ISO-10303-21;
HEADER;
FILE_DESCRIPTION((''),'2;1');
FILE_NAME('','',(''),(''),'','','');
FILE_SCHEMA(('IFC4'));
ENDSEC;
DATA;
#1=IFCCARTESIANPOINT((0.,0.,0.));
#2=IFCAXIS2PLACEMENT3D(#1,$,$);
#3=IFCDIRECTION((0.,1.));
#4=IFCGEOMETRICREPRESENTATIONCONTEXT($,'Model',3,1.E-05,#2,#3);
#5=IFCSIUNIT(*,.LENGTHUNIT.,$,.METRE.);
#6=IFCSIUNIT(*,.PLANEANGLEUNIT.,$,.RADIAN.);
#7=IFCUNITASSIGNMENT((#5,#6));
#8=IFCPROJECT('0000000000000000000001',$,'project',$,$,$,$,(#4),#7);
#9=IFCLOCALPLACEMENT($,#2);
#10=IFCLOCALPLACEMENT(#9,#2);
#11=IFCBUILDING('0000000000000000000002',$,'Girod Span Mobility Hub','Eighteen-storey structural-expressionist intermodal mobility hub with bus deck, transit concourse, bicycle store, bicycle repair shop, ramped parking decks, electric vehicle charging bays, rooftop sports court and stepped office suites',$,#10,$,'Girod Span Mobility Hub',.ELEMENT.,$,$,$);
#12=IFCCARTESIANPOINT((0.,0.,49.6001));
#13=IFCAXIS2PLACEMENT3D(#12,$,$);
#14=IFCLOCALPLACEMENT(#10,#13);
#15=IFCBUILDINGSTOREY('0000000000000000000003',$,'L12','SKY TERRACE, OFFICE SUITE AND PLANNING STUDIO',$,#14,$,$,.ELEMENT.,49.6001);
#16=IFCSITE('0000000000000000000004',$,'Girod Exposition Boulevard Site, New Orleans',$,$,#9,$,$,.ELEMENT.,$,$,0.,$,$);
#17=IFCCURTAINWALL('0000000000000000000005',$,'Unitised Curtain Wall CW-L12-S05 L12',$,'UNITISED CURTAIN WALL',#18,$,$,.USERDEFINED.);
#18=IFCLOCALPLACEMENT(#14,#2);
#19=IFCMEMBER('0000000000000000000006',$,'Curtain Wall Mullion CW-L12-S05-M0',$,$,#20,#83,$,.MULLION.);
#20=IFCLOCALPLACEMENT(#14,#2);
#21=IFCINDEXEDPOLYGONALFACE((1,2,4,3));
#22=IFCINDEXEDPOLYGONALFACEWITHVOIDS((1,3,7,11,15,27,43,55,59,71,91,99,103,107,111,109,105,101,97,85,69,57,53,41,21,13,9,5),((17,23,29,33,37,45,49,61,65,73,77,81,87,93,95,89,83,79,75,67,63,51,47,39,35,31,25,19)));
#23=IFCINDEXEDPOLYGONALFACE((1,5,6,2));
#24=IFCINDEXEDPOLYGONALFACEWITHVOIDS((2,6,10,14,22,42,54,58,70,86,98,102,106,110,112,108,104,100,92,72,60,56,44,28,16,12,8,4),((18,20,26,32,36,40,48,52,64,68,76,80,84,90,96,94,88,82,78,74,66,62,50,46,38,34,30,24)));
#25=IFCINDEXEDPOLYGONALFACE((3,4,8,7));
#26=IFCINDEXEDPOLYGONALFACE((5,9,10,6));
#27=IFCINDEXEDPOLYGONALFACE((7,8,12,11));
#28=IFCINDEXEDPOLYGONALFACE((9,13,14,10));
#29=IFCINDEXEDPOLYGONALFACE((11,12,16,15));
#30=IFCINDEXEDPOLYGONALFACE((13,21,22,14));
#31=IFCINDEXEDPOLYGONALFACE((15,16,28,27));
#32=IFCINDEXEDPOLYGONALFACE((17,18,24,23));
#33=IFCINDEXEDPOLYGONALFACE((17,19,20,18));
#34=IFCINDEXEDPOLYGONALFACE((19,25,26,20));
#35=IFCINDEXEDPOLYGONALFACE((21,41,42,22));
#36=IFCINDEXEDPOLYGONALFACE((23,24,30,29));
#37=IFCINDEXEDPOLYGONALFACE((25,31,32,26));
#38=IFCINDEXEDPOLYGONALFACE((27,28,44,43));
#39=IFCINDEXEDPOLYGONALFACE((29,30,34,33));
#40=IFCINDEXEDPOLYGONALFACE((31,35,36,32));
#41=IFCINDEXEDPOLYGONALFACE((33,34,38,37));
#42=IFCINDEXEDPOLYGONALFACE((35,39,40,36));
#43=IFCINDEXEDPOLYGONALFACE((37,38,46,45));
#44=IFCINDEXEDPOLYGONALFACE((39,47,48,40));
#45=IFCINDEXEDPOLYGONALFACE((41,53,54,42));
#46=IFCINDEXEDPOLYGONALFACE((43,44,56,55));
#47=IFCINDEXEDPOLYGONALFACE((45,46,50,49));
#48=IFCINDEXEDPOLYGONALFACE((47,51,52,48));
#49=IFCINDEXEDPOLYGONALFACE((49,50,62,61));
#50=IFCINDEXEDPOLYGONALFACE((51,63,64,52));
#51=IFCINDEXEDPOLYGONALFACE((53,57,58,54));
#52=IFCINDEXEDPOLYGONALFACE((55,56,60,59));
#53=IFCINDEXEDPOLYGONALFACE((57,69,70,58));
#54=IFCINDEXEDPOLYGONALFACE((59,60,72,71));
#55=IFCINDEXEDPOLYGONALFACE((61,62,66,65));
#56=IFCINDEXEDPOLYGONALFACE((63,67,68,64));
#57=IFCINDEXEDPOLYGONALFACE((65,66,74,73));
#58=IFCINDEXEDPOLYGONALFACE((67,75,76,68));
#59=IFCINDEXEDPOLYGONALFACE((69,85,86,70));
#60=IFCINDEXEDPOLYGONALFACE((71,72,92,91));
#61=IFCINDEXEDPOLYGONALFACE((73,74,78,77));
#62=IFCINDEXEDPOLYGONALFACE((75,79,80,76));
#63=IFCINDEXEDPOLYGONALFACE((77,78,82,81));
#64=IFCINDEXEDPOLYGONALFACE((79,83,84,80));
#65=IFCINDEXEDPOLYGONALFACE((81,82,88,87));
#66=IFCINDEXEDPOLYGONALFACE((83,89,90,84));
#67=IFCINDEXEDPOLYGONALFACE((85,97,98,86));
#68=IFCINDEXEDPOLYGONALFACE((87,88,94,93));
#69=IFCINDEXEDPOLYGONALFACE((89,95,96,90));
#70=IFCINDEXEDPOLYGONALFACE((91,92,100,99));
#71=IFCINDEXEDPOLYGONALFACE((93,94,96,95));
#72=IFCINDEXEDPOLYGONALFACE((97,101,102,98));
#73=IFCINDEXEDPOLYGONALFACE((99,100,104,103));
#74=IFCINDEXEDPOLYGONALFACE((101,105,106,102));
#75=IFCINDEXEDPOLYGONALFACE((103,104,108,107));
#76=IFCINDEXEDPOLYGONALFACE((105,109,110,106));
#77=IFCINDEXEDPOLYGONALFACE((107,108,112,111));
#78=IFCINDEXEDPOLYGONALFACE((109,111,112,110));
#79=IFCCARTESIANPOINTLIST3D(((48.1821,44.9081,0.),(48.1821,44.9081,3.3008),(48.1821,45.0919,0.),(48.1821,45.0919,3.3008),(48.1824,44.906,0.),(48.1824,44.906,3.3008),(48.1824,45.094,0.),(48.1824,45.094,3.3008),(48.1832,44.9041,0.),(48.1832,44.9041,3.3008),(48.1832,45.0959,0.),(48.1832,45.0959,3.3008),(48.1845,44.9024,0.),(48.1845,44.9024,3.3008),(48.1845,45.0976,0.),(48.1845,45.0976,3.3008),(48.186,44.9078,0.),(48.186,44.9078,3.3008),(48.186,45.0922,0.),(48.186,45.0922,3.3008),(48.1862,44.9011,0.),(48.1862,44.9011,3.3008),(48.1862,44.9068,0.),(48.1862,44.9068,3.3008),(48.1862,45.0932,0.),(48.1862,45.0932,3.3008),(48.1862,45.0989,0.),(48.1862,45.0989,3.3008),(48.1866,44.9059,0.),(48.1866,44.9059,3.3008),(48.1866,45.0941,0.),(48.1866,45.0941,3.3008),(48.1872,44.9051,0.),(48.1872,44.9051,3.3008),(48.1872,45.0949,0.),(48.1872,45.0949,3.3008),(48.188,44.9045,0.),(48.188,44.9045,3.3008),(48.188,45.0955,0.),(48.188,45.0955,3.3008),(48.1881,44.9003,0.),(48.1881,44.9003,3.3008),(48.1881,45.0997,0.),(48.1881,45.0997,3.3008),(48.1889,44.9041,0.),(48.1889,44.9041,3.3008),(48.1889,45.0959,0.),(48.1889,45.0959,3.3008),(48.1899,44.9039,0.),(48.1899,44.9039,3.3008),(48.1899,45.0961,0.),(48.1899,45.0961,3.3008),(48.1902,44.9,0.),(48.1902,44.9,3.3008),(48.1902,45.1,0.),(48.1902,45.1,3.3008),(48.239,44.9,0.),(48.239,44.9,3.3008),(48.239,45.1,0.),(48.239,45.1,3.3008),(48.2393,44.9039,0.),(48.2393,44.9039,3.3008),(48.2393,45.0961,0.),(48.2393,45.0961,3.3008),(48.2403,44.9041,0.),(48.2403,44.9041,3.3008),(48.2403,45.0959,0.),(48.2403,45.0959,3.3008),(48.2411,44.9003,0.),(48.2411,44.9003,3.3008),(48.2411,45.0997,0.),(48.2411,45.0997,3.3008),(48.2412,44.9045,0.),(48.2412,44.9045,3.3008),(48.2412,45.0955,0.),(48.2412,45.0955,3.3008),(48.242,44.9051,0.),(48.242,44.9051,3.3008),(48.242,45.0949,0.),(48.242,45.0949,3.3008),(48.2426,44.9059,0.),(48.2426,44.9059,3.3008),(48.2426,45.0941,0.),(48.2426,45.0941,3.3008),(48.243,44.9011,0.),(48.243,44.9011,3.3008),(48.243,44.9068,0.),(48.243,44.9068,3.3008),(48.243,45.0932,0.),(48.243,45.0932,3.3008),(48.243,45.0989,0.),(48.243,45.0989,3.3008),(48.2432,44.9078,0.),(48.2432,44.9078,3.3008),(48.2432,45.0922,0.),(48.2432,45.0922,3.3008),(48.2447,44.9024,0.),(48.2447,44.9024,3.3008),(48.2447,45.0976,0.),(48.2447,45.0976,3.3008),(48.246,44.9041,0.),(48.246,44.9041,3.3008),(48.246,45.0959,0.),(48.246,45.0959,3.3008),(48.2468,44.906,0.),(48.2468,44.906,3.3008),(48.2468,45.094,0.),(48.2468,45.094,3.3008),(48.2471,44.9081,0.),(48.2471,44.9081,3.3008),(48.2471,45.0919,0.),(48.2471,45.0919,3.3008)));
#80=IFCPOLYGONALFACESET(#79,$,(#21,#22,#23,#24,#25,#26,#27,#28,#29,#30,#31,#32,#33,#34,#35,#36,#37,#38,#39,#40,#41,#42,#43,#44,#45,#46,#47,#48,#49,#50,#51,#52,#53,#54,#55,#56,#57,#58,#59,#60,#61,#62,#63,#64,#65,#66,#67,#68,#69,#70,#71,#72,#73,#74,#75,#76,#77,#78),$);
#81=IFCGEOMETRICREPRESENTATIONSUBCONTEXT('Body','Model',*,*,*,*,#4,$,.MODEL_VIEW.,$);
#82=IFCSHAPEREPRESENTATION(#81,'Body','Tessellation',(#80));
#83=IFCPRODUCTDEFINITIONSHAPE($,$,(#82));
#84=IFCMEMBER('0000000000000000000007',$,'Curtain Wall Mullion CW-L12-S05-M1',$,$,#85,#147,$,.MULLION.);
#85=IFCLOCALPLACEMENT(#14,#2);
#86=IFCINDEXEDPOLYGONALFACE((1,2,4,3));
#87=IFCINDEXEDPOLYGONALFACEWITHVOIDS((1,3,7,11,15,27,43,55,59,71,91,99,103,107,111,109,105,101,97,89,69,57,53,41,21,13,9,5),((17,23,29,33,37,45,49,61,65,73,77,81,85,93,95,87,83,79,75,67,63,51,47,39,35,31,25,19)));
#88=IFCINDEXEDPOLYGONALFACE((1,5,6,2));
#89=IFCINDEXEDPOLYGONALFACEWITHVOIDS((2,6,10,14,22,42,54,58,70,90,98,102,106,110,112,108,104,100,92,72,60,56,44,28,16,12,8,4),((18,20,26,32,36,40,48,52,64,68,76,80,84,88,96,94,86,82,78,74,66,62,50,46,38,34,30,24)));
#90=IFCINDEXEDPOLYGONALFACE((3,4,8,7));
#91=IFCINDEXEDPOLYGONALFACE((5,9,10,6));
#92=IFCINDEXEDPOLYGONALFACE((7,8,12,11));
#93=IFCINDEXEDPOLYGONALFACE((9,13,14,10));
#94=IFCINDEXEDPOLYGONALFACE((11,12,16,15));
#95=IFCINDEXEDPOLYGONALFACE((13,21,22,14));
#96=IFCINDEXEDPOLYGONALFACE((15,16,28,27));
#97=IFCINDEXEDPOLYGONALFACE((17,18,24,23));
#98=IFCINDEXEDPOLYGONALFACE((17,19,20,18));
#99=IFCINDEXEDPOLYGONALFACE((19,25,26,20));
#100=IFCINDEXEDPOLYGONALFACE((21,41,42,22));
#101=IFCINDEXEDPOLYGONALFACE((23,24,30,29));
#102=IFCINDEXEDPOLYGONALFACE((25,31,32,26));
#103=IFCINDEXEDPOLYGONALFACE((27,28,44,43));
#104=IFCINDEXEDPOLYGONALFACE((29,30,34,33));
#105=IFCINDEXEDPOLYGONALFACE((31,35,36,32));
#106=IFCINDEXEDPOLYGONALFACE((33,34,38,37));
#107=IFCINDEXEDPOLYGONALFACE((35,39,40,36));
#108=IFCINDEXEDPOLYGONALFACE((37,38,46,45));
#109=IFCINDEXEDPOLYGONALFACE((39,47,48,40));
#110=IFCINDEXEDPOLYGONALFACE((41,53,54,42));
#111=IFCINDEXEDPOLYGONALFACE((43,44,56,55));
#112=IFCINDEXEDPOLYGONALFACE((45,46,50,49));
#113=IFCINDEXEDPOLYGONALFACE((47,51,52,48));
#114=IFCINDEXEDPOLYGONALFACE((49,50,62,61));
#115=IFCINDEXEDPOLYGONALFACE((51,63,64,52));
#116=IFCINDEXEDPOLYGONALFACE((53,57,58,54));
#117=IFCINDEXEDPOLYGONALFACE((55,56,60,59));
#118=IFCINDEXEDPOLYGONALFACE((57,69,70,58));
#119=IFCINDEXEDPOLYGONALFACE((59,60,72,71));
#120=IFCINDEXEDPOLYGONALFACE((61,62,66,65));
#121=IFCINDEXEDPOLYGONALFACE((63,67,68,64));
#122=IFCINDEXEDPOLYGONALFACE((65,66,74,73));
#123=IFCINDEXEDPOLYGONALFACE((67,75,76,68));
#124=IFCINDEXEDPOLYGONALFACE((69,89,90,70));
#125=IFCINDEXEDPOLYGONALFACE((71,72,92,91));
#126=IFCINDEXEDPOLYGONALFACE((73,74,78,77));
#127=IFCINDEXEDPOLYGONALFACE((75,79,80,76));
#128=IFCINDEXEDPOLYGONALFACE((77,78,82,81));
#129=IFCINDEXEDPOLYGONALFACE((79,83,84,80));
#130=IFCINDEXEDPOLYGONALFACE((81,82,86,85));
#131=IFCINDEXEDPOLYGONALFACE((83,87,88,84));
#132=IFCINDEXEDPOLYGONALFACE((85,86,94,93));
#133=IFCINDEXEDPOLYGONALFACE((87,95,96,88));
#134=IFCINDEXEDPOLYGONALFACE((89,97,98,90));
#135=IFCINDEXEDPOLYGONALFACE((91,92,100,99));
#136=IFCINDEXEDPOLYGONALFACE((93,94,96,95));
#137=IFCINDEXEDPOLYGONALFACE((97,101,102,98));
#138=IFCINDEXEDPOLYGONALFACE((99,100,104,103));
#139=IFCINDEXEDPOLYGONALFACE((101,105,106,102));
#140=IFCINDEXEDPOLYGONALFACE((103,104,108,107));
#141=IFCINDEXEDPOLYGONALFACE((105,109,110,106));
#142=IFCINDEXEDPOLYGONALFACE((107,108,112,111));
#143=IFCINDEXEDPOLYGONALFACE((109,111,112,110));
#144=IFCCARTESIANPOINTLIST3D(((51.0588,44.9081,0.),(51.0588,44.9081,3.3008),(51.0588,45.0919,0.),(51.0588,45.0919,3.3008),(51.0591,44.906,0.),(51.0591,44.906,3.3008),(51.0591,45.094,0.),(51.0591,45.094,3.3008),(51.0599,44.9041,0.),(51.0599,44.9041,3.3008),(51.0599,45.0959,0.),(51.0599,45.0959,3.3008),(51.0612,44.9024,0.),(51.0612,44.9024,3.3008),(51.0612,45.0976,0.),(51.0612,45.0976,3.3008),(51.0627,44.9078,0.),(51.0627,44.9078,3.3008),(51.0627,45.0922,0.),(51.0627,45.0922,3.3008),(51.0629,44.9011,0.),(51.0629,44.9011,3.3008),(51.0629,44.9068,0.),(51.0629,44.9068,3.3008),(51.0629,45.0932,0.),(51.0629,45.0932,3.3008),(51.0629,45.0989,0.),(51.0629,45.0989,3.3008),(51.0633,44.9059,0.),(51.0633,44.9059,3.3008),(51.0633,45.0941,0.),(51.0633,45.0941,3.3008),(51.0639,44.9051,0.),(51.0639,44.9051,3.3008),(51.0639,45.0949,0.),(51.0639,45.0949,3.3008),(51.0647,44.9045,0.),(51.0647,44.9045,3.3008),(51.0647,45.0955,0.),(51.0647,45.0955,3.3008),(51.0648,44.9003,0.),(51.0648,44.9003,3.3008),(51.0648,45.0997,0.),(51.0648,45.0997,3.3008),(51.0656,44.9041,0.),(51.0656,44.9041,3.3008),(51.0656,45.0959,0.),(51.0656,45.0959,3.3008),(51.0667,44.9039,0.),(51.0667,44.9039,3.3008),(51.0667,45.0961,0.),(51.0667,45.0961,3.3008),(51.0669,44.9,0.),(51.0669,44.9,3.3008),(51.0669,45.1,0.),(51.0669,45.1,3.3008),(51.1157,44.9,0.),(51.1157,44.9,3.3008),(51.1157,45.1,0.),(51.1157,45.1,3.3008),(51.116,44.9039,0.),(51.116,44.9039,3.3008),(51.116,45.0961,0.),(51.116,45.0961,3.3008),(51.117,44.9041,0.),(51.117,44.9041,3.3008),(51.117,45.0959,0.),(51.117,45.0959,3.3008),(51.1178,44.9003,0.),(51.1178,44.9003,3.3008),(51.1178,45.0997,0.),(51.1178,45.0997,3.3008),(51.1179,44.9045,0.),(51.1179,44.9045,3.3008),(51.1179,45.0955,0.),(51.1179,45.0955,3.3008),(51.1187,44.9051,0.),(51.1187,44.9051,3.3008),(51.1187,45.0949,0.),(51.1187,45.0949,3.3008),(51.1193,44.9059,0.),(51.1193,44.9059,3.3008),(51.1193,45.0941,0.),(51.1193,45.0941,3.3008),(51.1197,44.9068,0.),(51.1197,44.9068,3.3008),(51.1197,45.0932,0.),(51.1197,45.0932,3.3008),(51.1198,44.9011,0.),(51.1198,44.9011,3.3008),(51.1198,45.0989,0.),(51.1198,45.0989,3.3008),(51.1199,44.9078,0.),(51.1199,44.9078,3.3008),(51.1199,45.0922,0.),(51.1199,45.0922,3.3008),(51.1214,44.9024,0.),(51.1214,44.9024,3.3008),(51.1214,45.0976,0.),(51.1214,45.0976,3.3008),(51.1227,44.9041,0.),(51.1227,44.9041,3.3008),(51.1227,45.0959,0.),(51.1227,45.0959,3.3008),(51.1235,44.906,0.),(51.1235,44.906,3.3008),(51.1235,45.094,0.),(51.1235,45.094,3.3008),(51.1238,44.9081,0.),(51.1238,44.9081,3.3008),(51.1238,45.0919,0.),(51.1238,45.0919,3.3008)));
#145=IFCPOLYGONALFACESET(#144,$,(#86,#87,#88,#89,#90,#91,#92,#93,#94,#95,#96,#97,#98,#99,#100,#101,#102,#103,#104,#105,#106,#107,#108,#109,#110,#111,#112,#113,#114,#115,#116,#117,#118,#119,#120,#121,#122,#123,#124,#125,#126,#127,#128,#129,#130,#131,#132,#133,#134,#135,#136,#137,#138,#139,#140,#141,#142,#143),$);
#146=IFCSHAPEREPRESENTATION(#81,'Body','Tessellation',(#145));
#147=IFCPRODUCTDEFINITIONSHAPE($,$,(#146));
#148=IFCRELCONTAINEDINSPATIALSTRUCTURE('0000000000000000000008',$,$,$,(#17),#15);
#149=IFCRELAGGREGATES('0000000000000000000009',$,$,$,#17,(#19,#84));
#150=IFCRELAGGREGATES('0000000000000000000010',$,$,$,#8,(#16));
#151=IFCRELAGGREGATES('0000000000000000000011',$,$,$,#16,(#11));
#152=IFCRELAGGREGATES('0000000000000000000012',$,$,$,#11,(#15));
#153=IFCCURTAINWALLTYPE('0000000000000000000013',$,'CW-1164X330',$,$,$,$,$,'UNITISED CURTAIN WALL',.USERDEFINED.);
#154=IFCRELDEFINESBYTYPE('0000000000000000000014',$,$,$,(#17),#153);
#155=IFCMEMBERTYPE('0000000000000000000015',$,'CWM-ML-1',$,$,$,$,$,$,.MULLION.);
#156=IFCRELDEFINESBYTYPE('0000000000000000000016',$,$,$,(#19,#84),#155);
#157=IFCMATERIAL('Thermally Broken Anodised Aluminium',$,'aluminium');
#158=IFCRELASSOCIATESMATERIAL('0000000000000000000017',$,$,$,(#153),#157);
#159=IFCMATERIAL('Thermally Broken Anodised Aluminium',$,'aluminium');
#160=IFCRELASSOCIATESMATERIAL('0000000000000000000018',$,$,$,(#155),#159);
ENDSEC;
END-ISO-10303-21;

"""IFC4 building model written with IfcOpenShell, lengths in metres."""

from ifc_helpers import new_model, si_unit, direction, frame, origin, origin_2d, place, context, subcontext, project, spatial, hollow_rectangle, extrude, material, material_profile, profile_set, type_object, element, aggregate, save


model = new_model("IFC4")

# Units and contexts
model_context = context("Model", 3, precision=1e-05, world=origin(), true_north=direction((0.0, 1.0)))
body_context = subcontext(model_context, "Body", "Model", "MODEL_VIEW")
ifc_project = project(units=[si_unit("LENGTHUNIT", "METRE"), si_unit("PLANEANGLEUNIT", "RADIAN")], contexts=[model_context])

# Site, building, storey
site_placement = place(None, origin())
site = spatial("IfcSite", under=ifc_project, at=site_placement, Name="Girod Exposition Boulevard Site, New Orleans", CompositionType="ELEMENT", RefElevation=0.0)
building_placement = place(site_placement, origin())
building = spatial("IfcBuilding", under=site, at=building_placement, Name="Girod Span Mobility Hub", Description="Eighteen-storey structural-expressionist intermodal mobility hub with bus deck, transit concourse, bicycle store, bicycle repair shop, ramped parking decks, electric vehicle charging bays, rooftop sports court and stepped office suites", LongName="Girod Span Mobility Hub", CompositionType="ELEMENT")
storey_placement = place(building_placement, frame((0.0, 0.0, 49.6001)))
storey = spatial("IfcBuildingStorey", under=building, at=storey_placement, Name="L12", Description="SKY TERRACE, OFFICE SUITE AND PLANNING STUDIO", CompositionType="ELEMENT", Elevation=49.6001)

# Curtain wall, members
ifc_material_1 = material(Name="Thermally Broken Anodised Aluminium", Category="aluminium")
curtain_wall_type = type_object("IfcCurtainWallType", Name="CW-1164X330", ElementType="UNITISED CURTAIN WALL", PredefinedType="USERDEFINED", material=ifc_material_1)
curtain_wall_placement = place(storey_placement, origin())
curtain_wall = element("IfcCurtainWall", 1, at=curtain_wall_placement, inside=storey, type_object=curtain_wall_type, Name="Unitised Curtain Wall CW-L12-S05 L12", ObjectType="UNITISED CURTAIN WALL", PredefinedType="USERDEFINED")
ifc_material_2 = material(Name="Thermally Broken Anodised Aluminium", Category="aluminium")
ifc_material_profile_1 = material_profile(ifc_material_2, hollow_rectangle(XDim=0.2, YDim=0.0649, WallThickness=0.0039, InnerFilletRadius=0.0039, OuterFilletRadius=0.0081, at=origin_2d()), Name="CW-ML-65X200")
ifc_profile_set_1 = profile_set([ifc_material_profile_1], Name="Thermally Broken Anodised Aluminium")
member_type_1 = type_object("IfcMemberType", Name="CWM-ML-1", PredefinedType="MULLION", material=ifc_profile_set_1)
member_1_placement = place(storey_placement, frame((48.2146, 45.0, 0.0), z_axis=(0.0, 0.0, 1.0), x_axis=(0.0, 1.0, 0.0)))
member_1 = element("IfcMember", 2, at=member_1_placement, type_object=member_type_1, Name="Curtain Wall Mullion CW-L12-S05-M0", PredefinedType="MULLION", context=body_context, shape_type="SweptSolid", body=[
    extrude(hollow_rectangle(XDim=0.2, YDim=0.0649, WallThickness=0.0039, InnerFilletRadius=0.0039, OuterFilletRadius=0.0081, at=origin_2d()), origin(), (0.0, 0.0, 1.0), 3.3008),
])
member_2_placement = place(storey_placement, frame((51.0913, 45.0, 0.0), z_axis=(0.0, 0.0, 1.0), x_axis=(0.0, 1.0, 0.0)))
member_2 = element("IfcMember", 3, at=member_2_placement, type_object=member_type_1, Name="Curtain Wall Mullion CW-L12-S05-M1", PredefinedType="MULLION", context=body_context, shape_type="SweptSolid", body=[
    extrude(hollow_rectangle(XDim=0.2, YDim=0.0649, WallThickness=0.0039, InnerFilletRadius=0.0039, OuterFilletRadius=0.0081, at=origin_2d()), origin(), (0.0, 0.0, 1.0), 3.3008),
])

aggregate(curtain_wall, [member_1, member_2])

save(model, "model.ifc")
